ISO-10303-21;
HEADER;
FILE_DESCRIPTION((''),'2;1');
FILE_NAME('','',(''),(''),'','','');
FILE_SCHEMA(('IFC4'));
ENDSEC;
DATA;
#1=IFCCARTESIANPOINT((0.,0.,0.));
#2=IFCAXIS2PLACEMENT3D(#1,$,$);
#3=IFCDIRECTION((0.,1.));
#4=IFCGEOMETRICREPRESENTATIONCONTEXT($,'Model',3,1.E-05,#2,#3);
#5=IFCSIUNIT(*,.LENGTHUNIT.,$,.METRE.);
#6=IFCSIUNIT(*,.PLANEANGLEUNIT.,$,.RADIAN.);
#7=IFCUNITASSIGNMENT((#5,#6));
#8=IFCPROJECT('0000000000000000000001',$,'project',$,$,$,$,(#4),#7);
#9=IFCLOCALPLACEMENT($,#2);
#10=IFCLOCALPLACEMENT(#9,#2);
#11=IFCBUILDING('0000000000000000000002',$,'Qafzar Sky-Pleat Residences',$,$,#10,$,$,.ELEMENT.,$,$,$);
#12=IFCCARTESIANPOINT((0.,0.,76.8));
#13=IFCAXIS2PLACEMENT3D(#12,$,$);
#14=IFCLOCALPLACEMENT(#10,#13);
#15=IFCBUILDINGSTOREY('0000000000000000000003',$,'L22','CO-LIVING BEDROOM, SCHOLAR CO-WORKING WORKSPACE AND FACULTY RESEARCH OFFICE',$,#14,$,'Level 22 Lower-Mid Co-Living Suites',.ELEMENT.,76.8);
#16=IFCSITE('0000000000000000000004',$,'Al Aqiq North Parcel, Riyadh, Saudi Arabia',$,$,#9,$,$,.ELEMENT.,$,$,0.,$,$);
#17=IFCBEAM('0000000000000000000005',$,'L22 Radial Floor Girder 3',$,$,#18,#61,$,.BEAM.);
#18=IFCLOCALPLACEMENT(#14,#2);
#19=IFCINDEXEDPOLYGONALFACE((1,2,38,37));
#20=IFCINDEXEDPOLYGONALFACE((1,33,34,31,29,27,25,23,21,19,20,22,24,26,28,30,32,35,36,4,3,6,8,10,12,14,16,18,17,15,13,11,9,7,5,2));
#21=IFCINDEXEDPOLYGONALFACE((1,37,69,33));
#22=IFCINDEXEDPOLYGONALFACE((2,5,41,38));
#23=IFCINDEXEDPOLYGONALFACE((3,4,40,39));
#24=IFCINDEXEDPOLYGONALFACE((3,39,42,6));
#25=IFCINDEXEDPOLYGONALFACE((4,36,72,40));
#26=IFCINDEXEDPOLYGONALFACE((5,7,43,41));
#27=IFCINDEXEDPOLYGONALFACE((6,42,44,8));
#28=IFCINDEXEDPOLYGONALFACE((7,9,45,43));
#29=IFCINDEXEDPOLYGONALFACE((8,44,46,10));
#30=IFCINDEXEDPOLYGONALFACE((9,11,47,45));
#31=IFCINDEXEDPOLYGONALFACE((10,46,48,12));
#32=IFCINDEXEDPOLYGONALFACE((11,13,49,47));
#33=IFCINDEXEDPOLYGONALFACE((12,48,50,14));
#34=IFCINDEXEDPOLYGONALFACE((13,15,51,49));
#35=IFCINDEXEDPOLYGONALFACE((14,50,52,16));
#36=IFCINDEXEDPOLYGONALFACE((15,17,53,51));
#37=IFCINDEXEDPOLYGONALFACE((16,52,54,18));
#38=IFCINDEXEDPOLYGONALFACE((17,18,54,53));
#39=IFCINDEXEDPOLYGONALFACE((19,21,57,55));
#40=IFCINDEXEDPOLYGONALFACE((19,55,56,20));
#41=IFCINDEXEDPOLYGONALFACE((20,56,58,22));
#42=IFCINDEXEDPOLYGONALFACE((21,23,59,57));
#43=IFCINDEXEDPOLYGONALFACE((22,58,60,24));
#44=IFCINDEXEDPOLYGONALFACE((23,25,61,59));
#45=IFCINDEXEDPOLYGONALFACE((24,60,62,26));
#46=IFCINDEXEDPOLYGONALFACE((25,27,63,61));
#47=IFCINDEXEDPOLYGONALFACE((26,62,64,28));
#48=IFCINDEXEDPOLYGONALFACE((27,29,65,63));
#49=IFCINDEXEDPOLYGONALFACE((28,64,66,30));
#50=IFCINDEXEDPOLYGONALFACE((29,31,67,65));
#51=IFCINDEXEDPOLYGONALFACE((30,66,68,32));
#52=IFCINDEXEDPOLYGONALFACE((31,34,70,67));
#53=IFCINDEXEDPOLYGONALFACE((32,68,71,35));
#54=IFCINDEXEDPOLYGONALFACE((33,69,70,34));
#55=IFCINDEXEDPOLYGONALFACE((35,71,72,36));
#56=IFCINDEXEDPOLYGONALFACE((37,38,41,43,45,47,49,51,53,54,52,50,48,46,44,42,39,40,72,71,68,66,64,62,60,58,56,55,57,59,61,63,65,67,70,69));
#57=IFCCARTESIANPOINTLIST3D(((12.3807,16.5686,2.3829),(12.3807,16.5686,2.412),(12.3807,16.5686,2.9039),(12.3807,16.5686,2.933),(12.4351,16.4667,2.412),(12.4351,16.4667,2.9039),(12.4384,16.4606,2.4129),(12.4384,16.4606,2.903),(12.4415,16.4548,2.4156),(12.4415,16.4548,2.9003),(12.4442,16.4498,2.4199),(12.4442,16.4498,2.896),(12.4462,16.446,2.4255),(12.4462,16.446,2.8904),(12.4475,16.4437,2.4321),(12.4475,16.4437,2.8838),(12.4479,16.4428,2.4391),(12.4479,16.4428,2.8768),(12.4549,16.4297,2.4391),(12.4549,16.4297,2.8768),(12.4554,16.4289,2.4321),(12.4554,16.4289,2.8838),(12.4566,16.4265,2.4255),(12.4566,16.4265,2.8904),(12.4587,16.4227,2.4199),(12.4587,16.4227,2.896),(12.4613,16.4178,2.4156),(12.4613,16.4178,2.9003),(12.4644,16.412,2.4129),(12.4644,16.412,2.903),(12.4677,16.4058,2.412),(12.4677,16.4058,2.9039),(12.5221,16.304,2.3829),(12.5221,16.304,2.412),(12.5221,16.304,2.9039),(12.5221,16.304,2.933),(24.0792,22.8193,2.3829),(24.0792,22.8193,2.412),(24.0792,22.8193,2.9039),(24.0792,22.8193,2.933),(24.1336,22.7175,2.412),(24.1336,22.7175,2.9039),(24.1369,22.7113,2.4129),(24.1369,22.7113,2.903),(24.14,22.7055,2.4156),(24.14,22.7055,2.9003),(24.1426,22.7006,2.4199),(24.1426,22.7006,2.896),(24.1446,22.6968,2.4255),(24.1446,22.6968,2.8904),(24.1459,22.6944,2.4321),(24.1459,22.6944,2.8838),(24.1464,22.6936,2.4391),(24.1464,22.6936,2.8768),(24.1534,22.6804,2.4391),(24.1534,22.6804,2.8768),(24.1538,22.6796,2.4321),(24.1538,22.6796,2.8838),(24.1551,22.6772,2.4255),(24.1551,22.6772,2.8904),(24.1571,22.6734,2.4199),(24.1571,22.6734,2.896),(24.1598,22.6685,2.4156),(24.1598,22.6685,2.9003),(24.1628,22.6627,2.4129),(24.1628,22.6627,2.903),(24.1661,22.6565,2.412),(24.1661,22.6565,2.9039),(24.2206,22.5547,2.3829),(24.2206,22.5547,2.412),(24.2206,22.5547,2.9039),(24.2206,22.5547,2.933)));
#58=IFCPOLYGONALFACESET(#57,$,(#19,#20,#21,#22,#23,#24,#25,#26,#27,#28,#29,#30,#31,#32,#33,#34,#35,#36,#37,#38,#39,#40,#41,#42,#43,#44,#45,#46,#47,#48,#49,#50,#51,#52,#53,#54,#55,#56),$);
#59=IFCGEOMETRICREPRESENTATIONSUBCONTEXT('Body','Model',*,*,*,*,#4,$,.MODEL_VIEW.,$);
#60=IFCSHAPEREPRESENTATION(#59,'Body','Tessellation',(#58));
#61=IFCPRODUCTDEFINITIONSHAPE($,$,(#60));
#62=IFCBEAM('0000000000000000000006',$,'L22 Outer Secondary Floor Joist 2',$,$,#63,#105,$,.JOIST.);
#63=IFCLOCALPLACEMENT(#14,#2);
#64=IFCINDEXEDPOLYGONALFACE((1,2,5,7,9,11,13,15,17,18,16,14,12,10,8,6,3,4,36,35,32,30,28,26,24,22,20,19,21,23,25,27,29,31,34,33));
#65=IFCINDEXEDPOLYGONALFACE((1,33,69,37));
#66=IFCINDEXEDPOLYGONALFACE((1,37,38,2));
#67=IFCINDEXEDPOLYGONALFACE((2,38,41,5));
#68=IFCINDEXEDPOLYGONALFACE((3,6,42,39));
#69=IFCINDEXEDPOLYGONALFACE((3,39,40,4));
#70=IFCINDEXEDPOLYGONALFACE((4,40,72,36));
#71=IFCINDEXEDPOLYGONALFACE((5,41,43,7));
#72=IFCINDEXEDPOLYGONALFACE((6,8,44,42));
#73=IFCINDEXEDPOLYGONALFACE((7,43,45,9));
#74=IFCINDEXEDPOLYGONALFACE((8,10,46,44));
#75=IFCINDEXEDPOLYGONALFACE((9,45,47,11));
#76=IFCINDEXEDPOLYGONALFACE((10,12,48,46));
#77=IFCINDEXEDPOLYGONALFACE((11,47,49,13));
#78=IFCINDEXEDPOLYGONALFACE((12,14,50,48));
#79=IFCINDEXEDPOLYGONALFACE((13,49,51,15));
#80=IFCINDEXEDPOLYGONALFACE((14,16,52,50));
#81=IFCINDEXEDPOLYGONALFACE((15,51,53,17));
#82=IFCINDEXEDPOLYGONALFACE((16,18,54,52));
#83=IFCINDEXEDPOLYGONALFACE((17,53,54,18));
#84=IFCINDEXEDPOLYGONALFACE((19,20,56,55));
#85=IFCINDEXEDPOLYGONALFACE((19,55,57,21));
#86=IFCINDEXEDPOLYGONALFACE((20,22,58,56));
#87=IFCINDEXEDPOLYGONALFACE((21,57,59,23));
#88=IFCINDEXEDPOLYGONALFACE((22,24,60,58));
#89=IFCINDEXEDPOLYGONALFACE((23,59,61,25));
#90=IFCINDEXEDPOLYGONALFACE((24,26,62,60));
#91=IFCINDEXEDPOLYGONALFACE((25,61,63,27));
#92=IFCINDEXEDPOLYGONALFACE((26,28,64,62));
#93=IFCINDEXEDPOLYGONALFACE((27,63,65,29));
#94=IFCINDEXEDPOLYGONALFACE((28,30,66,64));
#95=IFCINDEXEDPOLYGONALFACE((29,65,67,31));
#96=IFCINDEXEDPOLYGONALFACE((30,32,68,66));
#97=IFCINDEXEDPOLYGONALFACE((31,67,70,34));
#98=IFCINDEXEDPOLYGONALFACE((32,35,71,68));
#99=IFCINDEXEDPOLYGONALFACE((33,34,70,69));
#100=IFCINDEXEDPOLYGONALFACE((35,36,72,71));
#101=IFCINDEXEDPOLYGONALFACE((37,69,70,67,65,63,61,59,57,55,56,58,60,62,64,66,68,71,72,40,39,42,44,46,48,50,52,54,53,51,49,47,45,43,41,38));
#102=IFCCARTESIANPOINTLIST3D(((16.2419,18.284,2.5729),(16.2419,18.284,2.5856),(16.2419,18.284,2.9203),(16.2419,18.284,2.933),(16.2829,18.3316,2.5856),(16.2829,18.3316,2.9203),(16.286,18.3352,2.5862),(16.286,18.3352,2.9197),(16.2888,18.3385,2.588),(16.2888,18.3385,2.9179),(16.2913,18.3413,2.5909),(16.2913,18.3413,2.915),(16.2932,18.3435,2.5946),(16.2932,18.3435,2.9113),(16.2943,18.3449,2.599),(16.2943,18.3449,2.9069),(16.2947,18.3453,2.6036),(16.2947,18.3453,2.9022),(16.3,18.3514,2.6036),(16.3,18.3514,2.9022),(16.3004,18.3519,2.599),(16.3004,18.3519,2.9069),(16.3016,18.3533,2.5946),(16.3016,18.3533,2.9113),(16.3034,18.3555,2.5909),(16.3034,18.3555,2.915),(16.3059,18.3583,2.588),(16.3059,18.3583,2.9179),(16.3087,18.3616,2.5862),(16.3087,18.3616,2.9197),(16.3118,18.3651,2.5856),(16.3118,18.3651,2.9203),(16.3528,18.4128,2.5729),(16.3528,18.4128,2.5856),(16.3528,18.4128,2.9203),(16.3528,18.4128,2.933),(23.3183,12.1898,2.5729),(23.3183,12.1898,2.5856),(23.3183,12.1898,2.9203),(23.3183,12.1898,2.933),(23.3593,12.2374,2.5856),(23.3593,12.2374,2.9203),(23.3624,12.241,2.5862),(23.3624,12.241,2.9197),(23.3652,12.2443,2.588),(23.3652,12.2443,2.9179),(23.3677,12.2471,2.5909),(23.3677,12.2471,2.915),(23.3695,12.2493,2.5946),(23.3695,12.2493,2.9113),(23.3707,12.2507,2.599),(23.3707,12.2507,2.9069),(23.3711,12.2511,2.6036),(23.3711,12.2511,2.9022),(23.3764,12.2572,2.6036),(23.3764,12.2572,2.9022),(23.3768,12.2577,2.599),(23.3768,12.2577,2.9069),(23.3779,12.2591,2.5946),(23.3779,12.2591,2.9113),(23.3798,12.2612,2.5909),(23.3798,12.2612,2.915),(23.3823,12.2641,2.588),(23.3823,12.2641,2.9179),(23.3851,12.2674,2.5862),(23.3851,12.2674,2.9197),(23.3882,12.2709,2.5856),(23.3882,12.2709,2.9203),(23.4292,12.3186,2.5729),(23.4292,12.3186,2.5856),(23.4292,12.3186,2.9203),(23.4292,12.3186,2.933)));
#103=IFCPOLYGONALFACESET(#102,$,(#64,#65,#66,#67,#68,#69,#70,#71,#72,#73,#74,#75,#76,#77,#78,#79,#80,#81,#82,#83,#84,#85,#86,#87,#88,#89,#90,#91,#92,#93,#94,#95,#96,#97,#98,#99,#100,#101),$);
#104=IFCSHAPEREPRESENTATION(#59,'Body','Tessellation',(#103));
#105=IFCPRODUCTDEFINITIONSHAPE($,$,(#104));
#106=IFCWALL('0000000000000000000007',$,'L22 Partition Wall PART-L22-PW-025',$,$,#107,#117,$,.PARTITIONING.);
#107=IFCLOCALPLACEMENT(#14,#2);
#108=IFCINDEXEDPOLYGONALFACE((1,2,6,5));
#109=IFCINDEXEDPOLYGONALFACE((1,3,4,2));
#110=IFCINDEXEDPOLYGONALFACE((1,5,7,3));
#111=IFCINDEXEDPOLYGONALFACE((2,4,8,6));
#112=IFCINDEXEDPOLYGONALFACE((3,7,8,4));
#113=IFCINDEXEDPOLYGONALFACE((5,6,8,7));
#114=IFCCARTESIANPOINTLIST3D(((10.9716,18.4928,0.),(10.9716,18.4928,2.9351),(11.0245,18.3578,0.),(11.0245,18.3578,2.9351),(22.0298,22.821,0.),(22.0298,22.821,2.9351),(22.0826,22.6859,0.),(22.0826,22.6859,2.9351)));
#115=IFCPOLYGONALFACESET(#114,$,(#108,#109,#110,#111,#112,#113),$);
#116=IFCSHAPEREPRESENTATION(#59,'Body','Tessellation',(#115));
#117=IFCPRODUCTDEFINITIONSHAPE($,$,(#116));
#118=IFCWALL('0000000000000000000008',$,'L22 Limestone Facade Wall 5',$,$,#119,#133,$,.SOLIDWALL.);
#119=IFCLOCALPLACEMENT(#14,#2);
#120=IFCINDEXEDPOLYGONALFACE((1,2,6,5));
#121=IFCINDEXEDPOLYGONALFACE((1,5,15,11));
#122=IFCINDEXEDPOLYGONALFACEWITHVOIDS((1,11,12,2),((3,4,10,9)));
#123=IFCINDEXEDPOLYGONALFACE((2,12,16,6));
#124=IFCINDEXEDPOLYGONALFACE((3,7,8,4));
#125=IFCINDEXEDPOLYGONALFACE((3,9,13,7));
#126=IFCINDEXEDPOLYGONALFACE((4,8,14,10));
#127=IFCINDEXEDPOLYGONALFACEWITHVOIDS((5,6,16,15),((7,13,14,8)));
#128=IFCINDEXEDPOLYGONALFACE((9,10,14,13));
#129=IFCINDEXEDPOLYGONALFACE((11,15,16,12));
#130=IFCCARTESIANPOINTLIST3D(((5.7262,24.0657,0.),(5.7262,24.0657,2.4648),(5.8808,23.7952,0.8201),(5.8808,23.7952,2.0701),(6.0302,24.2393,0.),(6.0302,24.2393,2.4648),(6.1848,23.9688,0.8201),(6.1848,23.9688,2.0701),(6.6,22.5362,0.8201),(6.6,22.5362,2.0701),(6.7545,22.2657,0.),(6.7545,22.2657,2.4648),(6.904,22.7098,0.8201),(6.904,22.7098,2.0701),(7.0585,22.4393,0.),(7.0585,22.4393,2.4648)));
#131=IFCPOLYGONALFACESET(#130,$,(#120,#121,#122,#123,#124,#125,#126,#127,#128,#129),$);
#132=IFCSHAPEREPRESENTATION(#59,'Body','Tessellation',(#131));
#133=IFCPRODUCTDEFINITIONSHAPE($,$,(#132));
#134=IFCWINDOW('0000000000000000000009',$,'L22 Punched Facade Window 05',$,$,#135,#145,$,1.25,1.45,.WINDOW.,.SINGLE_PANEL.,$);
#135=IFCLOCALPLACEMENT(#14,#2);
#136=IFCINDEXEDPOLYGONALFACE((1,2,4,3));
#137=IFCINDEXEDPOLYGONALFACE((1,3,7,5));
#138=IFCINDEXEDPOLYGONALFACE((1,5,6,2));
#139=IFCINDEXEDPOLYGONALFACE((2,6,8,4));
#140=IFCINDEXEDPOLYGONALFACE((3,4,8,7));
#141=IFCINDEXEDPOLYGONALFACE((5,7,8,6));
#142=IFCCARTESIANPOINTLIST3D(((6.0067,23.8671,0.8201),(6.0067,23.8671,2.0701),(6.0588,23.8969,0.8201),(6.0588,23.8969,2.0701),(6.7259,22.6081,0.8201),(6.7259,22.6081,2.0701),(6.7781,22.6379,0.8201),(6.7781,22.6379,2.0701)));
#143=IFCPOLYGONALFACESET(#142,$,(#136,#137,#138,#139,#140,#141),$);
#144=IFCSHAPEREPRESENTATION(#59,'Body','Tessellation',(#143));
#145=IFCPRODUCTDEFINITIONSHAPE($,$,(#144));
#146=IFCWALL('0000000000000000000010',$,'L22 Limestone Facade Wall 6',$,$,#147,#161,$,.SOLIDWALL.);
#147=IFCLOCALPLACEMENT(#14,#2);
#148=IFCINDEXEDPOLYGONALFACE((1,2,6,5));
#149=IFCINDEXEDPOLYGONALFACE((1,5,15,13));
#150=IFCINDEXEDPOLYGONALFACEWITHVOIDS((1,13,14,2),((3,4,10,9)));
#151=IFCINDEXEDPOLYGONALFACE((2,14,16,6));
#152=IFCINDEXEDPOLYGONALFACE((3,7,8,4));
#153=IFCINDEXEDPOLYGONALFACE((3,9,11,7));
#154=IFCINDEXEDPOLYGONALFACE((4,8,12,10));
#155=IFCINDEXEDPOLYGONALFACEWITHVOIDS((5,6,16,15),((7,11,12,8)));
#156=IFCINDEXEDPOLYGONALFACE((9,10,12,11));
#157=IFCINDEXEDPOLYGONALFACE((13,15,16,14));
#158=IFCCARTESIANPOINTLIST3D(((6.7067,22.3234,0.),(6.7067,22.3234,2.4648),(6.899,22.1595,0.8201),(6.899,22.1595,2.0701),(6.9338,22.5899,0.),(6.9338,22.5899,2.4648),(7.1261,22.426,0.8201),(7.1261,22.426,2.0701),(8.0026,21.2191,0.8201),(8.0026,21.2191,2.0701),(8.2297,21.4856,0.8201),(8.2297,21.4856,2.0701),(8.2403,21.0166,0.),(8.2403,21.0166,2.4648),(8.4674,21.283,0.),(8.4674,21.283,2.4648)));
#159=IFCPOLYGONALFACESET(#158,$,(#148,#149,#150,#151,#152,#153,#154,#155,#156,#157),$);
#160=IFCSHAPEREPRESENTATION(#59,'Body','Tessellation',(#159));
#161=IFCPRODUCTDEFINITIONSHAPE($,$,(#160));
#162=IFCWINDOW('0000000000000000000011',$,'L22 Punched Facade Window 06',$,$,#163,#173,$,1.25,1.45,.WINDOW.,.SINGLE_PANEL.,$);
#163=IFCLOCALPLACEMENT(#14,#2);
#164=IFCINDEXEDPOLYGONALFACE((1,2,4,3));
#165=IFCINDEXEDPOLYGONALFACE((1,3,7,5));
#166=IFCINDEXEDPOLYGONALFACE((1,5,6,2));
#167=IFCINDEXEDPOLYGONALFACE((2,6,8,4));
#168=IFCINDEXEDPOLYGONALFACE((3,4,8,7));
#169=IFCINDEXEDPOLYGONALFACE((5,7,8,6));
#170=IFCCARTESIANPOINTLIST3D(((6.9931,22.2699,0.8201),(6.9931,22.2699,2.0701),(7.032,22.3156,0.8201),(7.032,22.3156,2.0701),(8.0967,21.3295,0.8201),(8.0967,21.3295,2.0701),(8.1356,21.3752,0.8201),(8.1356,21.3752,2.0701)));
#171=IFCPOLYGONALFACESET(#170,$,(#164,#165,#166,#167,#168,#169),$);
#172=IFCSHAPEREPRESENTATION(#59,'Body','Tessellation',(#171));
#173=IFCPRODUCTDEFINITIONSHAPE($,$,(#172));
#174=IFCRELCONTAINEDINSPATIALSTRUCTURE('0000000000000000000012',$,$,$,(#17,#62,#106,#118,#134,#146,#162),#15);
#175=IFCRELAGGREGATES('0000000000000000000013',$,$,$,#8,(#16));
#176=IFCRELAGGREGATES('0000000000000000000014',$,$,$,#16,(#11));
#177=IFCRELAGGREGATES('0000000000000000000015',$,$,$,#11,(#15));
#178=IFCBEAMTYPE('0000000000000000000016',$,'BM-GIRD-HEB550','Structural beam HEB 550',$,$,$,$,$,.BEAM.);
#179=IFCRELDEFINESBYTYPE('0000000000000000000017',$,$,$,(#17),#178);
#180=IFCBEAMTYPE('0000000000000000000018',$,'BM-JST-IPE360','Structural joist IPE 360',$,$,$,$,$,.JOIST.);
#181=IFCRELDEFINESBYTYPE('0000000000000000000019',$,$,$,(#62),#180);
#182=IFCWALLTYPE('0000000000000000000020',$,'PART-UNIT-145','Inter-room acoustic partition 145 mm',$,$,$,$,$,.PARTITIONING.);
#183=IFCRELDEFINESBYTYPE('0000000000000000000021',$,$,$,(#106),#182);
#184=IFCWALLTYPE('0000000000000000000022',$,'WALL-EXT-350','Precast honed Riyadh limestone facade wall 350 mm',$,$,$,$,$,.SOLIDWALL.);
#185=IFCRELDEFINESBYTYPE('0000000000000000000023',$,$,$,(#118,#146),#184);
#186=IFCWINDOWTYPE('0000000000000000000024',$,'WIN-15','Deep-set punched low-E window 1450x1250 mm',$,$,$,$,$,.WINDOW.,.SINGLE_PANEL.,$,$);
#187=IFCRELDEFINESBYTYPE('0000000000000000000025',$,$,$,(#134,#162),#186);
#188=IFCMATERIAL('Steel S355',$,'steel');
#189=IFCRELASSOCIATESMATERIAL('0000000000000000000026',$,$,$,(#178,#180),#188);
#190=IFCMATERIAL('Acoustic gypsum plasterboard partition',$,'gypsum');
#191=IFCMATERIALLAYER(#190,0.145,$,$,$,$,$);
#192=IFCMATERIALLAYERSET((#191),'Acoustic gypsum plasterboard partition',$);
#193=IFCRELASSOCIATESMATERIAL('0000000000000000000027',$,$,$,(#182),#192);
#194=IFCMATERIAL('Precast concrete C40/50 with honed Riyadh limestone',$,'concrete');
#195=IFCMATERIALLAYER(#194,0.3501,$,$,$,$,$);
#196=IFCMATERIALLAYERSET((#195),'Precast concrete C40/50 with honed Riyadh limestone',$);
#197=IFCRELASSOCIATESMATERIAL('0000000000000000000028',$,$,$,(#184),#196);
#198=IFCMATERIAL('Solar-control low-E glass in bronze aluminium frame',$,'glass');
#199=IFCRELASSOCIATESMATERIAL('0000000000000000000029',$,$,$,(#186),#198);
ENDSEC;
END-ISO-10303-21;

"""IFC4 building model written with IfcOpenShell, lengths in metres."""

from ifc_helpers import new_model, si_unit, direction, frame, frame_2d, origin, origin_2d, place, context, subcontext, project, spatial, rectangle, i_section, extrude, source, transform, mapped, material, layer, layer_set, material_profile, profile_set, type_object, element, fill, save


model = new_model("IFC4")

# Units and contexts
model_context = context("Model", 3, precision=1e-05, world=origin(), true_north=direction((0.0, 1.0)))
body_context = subcontext(model_context, "Body", "Model", "MODEL_VIEW")
ifc_project = project(units=[si_unit("LENGTHUNIT", "METRE"), si_unit("PLANEANGLEUNIT", "RADIAN")], contexts=[model_context])

# Site, building, storey
site_placement = place(None, origin())
site = spatial("IfcSite", under=ifc_project, at=site_placement, Name="Al Aqiq North Parcel, Riyadh, Saudi Arabia", CompositionType="ELEMENT", RefElevation=0.0)
building_placement = place(site_placement, origin())
building = spatial("IfcBuilding", under=site, at=building_placement, Name="Qafzar Sky-Pleat Residences", CompositionType="ELEMENT")
storey_placement = place(building_placement, frame((0.0, 0.0, 76.8)))
storey = spatial("IfcBuildingStorey", under=building, at=storey_placement, Name="L22", Description="CO-LIVING BEDROOM, SCHOLAR CO-WORKING WORKSPACE AND FACULTY RESEARCH OFFICE", LongName="Level 22 Lower-Mid Co-Living Suites", CompositionType="ELEMENT", Elevation=76.8)

# Beams
ifc_material_1 = material(Name="Steel S355", Category="steel")
ifc_material_profile_1 = material_profile(ifc_material_1, i_section(OverallWidth=0.3, OverallDepth=0.55, WebThickness=0.0149, FlangeThickness=0.0291, FilletRadius=0.0271, at=origin_2d()), Name="HEB 550")
ifc_profile_set_1 = profile_set([ifc_material_profile_1], Name="Steel S355")
beam_type_1 = type_object("IfcBeamType", Name="BM-GIRD-HEB550", Description="Structural beam HEB 550", PredefinedType="BEAM", material=ifc_profile_set_1)
shared_shape_1 = source(origin(), body_context, "Body", "SweptSolid", [
    extrude(i_section(OverallWidth=0.3, OverallDepth=0.55, WebThickness=0.0149, FlangeThickness=0.0291, FilletRadius=0.0271, at=origin_2d()), origin(), (0.0, 0.0, 1.0), 13.2637),
])
beam_1_placement = place(storey_placement, frame((12.4514, 16.4363, 2.658), z_axis=(0.881991, 0.471265, 0.0), x_axis=(-0.471265, 0.881991, 0.0)))
element("IfcBeam", 1, at=beam_1_placement, inside=storey, type_object=beam_type_1, Name="L22 Radial Floor Girder 3", PredefinedType="BEAM", context=body_context, shape_type="MappedRepresentation", body=[
    mapped(shared_shape_1, transform((0.0, 0.0, 0.0), x_axis=(1.0, 0.0, 0.0), y_axis=(0.0, 1.0, 0.0), z_axis=(0.0, 0.0, 1.0), scale=1.0)),
])
ifc_material_profile_2 = material_profile(ifc_material_1, i_section(OverallWidth=0.1699, OverallDepth=0.3601, WebThickness=0.0081, FlangeThickness=0.0127, FilletRadius=0.0181, at=origin_2d()), Name="IPE 360")
ifc_profile_set_2 = profile_set([ifc_material_profile_2], Name="Steel S355")
beam_type_2 = type_object("IfcBeamType", Name="BM-JST-IPE360", Description="Structural joist IPE 360", PredefinedType="JOIST", material=ifc_profile_set_2)
shared_shape_2 = source(origin(), body_context, "Body", "SweptSolid", [
    extrude(i_section(OverallWidth=0.1699, OverallDepth=0.3601, WebThickness=0.0081, FlangeThickness=0.0127, FilletRadius=0.0181, at=origin_2d()), origin(), (0.0, 0.0, 1.0), 9.3389),
])
beam_2_placement = place(storey_placement, frame((16.2974, 18.3484, 2.7529), z_axis=(0.757734, -0.652564, 0.0), x_axis=(0.652564, 0.757734, 0.0)))
element("IfcBeam", 2, at=beam_2_placement, inside=storey, type_object=beam_type_2, Name="L22 Outer Secondary Floor Joist 2", PredefinedType="JOIST", context=body_context, shape_type="MappedRepresentation", body=[
    mapped(shared_shape_2, transform((0.0, 0.0, 0.0), x_axis=(1.0, 0.0, 0.0), y_axis=(0.0, 1.0, 0.0), z_axis=(0.0, 0.0, 1.0), scale=1.0)),
])

# Wall
ifc_material_2 = material(Name="Acoustic gypsum plasterboard partition", Category="gypsum")
ifc_layer_1 = layer(ifc_material_2, 0.145)
ifc_layer_set_1 = layer_set([ifc_layer_1], Name="Acoustic gypsum plasterboard partition")
wall_type_1 = type_object("IfcWallType", Name="PART-UNIT-145", Description="Inter-room acoustic partition 145 mm", PredefinedType="PARTITIONING", material=ifc_layer_set_1)
wall_1_placement = place(storey_placement, frame((10.998, 18.4253, 0.0), z_axis=(0.0, 0.0, 1.0), x_axis=(0.931213, 0.364475, 0.0)))
element("IfcWall", 3, at=wall_1_placement, inside=storey, type_object=wall_type_1, Name="L22 Partition Wall PART-L22-PW-025", PredefinedType="PARTITIONING", context=body_context, shape_type="SweptSolid", body=[
    extrude(rectangle(XDim=11.875, YDim=0.145, at=frame_2d((5.9375, 0.0))), origin(), (0.0, 0.0, 1.0), 2.9351),
])

# Walls, openings, windows
ifc_material_3 = material(Name="Precast concrete C40/50 with honed Riyadh limestone", Category="concrete")
ifc_layer_2 = layer(ifc_material_3, 0.3501)
ifc_layer_set_2 = layer_set([ifc_layer_2], Name="Precast concrete C40/50 with honed Riyadh limestone")
wall_type_2 = type_object("IfcWallType", Name="WALL-EXT-350", Description="Precast honed Riyadh limestone facade wall 350 mm", PredefinedType="SOLIDWALL", material=ifc_layer_set_2)
wall_2_placement = place(storey_placement, frame((5.8782, 24.1526, 0.0), z_axis=(0.0, 0.0, 1.0), x_axis=(0.496037, -0.868301, 0.0)))
wall_2 = element("IfcWall", 4, at=wall_2_placement, inside=storey, type_object=wall_type_2, Name="L22 Limestone Facade Wall 5", PredefinedType="SOLIDWALL", context=body_context, shape_type="SweptSolid", body=[
    extrude(rectangle(XDim=2.073, YDim=0.3501, at=frame_2d((1.0366, 0.0))), origin(), (0.0, 0.0, 1.0), 2.4648),
])
opening_1_placement = place(wall_2_placement, frame((0.3115, 0.0, 0.8201)))
opening_1 = element("IfcOpeningElement", 5, at=opening_1_placement, cuts=wall_2, PredefinedType="OPENING", context=body_context, shape_type="SweptSolid", body=[
    extrude(rectangle(XDim=1.45, YDim=1.25, at=frame_2d((0.7251, 0.625))), frame((0.0, 0.1851, 0.0), z_axis=(0.0, -1.0, 0.0), x_axis=(1.0, 0.0, 0.0)), (0.0, 0.0, 1.0), 0.3701),
])
ifc_material_4 = material(Name="Solar-control low-E glass in bronze aluminium frame", Category="glass")
window_type_1 = type_object("IfcWindowType", Name="WIN-15", Description="Deep-set punched low-E window 1450x1250 mm", PartitioningType="SINGLE_PANEL", PredefinedType="WINDOW", material=ifc_material_4)
shared_shape_3 = source(origin(), body_context, "Body", "SweptSolid", [
    extrude(rectangle(XDim=1.45, YDim=1.25, at=frame_2d((0.7251, 0.625))), frame((0.0, 0.03, 0.0), z_axis=(0.0, -1.0, 0.0), x_axis=(1.0, 0.0, 0.0)), (0.0, 0.0, 1.0), 0.0601),
])
window_1_placement = place(opening_1_placement, origin())
window_1 = element("IfcWindow", 6, at=window_1_placement, inside=storey, type_object=window_type_1, Name="L22 Punched Facade Window 05", OverallHeight=1.25, OverallWidth=1.45, PartitioningType="SINGLE_PANEL", PredefinedType="WINDOW", context=body_context, shape_type="MappedRepresentation", body=[
    mapped(shared_shape_3, transform((0.0, 0.0, 0.0), x_axis=(1.0, 0.0, 0.0), y_axis=(0.0, 1.0, 0.0), z_axis=(0.0, 0.0, 1.0), scale=1.0)),
])
fill(opening_1, window_1)
wall_3_placement = place(storey_placement, frame((6.8203, 22.4565, 0.0), z_axis=(0.0, 0.0, 1.0), x_axis=(0.761144, -0.648583, 0.0)))
wall_3 = element("IfcWall", 7, at=wall_3_placement, inside=storey, type_object=wall_type_2, Name="L22 Limestone Facade Wall 6", PredefinedType="SOLIDWALL", context=body_context, shape_type="SweptSolid", body=[
    extrude(rectangle(XDim=2.0149, YDim=0.3501, at=frame_2d((1.0073, 0.0))), origin(), (0.0, 0.0, 1.0), 2.4648),
])
opening_2_placement = place(wall_3_placement, frame((0.2524, 0.0, 0.8201)))
opening_2 = element("IfcOpeningElement", 8, at=opening_2_placement, cuts=wall_3, PredefinedType="OPENING", context=body_context, shape_type="SweptSolid", body=[
    extrude(rectangle(XDim=1.45, YDim=1.25, at=frame_2d((0.7251, 0.625))), frame((0.0, 0.1851, 0.0), z_axis=(0.0, -1.0, 0.0), x_axis=(1.0, 0.0, 0.0)), (0.0, 0.0, 1.0), 0.3701),
])
window_2_placement = place(opening_2_placement, origin())
window_2 = element("IfcWindow", 9, at=window_2_placement, inside=storey, type_object=window_type_1, Name="L22 Punched Facade Window 06", OverallHeight=1.25, OverallWidth=1.45, PartitioningType="SINGLE_PANEL", PredefinedType="WINDOW", context=body_context, shape_type="MappedRepresentation", body=[
    mapped(shared_shape_3, transform((0.0, 0.0, 0.0), x_axis=(1.0, 0.0, 0.0), y_axis=(0.0, 1.0, 0.0), z_axis=(0.0, 0.0, 1.0), scale=1.0)),
])
fill(opening_2, window_2)

save(model, "model.ifc")
